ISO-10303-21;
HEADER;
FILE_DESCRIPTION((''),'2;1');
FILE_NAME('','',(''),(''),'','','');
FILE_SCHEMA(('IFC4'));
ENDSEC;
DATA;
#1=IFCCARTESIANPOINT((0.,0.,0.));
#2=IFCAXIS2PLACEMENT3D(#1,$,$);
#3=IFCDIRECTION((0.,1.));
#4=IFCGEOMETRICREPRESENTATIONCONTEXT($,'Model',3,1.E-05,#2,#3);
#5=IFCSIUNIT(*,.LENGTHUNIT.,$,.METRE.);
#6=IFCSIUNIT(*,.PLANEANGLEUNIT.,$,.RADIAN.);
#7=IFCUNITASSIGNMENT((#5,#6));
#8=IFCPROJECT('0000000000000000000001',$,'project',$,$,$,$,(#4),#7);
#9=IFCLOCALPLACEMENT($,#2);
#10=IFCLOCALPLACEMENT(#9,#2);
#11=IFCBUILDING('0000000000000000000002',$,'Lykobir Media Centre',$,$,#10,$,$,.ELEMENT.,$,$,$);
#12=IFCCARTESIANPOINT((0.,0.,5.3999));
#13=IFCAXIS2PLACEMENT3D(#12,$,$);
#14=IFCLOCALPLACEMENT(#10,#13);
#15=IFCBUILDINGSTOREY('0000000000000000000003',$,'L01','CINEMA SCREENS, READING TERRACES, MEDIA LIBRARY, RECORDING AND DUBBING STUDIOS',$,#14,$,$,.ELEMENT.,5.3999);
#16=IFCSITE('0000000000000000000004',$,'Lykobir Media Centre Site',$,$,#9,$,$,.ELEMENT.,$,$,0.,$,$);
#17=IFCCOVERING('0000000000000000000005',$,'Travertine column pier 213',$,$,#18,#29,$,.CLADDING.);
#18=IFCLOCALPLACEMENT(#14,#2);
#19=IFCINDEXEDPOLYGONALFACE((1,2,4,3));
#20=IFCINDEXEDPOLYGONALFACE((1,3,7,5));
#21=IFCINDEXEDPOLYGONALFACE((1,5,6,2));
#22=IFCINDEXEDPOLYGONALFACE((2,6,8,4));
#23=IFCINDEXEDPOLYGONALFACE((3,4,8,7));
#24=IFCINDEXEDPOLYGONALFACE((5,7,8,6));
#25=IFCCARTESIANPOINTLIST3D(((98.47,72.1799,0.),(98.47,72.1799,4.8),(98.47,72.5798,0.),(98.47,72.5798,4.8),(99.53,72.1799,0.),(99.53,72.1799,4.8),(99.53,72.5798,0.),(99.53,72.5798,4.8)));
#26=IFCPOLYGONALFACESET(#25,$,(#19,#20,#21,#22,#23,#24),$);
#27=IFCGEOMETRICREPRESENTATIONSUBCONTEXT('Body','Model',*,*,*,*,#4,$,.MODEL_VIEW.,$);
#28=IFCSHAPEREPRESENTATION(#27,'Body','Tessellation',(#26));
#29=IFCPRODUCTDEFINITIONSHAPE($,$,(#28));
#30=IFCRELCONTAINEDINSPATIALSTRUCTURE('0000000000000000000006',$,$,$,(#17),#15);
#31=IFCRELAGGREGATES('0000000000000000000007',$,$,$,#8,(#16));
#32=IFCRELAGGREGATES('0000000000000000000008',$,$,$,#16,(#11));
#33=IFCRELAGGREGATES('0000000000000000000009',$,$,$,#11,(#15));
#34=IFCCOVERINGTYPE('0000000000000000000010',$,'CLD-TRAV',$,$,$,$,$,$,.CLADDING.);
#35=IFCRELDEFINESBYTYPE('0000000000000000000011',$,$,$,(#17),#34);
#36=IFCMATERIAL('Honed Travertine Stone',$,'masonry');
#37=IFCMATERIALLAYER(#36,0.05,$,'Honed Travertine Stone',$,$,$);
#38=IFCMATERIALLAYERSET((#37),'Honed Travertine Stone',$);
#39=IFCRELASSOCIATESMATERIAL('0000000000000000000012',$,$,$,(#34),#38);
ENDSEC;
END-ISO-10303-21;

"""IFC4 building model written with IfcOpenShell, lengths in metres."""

from ifc_helpers import new_model, si_unit, direction, frame, origin, origin_2d, place, context, subcontext, project, spatial, rectangle, extrude, material, layer, layer_set, type_object, element, save


model = new_model("IFC4")

# Units and contexts
model_context = context("Model", 3, precision=1e-05, world=origin(), true_north=direction((0.0, 1.0)))
body_context = subcontext(model_context, "Body", "Model", "MODEL_VIEW")
ifc_project = project(units=[si_unit("LENGTHUNIT", "METRE"), si_unit("PLANEANGLEUNIT", "RADIAN")], contexts=[model_context])

# Site, building, storey
site_placement = place(None, origin())
site = spatial("IfcSite", under=ifc_project, at=site_placement, Name="Lykobir Media Centre Site", CompositionType="ELEMENT", RefElevation=0.0)
building_placement = place(site_placement, origin())
building = spatial("IfcBuilding", under=site, at=building_placement, Name="Lykobir Media Centre", CompositionType="ELEMENT")
storey_placement = place(building_placement, frame((0.0, 0.0, 5.3999)))
storey = spatial("IfcBuildingStorey", under=building, at=storey_placement, Name="L01", Description="CINEMA SCREENS, READING TERRACES, MEDIA LIBRARY, RECORDING AND DUBBING STUDIOS", CompositionType="ELEMENT", Elevation=5.3999)

# Shared definitions
ifc_material_1 = material(Name="Honed Travertine Stone", Category="masonry")

# Covering
ifc_layer_1 = layer(ifc_material_1, 0.05, Name="Honed Travertine Stone")
ifc_layer_set_1 = layer_set([ifc_layer_1], Name="Honed Travertine Stone")
covering_type = type_object("IfcCoveringType", Name="CLD-TRAV", PredefinedType="CLADDING", material=ifc_layer_set_1)
covering_placement = place(storey_placement, frame((99.0, 72.3799, 0.0), z_axis=(0.0, 0.0, 1.0), x_axis=(-1.0, 0.0, 0.0)))
element("IfcCovering", 1, at=covering_placement, inside=storey, type_object=covering_type, Name="Travertine column pier 213", PredefinedType="CLADDING", context=body_context, shape_type="SweptSolid", body=[
    extrude(rectangle(XDim=1.0601, YDim=0.3999, at=origin_2d()), origin(), (0.0, 0.0, 1.0), 4.8),
])

save(model, "model.ifc")
